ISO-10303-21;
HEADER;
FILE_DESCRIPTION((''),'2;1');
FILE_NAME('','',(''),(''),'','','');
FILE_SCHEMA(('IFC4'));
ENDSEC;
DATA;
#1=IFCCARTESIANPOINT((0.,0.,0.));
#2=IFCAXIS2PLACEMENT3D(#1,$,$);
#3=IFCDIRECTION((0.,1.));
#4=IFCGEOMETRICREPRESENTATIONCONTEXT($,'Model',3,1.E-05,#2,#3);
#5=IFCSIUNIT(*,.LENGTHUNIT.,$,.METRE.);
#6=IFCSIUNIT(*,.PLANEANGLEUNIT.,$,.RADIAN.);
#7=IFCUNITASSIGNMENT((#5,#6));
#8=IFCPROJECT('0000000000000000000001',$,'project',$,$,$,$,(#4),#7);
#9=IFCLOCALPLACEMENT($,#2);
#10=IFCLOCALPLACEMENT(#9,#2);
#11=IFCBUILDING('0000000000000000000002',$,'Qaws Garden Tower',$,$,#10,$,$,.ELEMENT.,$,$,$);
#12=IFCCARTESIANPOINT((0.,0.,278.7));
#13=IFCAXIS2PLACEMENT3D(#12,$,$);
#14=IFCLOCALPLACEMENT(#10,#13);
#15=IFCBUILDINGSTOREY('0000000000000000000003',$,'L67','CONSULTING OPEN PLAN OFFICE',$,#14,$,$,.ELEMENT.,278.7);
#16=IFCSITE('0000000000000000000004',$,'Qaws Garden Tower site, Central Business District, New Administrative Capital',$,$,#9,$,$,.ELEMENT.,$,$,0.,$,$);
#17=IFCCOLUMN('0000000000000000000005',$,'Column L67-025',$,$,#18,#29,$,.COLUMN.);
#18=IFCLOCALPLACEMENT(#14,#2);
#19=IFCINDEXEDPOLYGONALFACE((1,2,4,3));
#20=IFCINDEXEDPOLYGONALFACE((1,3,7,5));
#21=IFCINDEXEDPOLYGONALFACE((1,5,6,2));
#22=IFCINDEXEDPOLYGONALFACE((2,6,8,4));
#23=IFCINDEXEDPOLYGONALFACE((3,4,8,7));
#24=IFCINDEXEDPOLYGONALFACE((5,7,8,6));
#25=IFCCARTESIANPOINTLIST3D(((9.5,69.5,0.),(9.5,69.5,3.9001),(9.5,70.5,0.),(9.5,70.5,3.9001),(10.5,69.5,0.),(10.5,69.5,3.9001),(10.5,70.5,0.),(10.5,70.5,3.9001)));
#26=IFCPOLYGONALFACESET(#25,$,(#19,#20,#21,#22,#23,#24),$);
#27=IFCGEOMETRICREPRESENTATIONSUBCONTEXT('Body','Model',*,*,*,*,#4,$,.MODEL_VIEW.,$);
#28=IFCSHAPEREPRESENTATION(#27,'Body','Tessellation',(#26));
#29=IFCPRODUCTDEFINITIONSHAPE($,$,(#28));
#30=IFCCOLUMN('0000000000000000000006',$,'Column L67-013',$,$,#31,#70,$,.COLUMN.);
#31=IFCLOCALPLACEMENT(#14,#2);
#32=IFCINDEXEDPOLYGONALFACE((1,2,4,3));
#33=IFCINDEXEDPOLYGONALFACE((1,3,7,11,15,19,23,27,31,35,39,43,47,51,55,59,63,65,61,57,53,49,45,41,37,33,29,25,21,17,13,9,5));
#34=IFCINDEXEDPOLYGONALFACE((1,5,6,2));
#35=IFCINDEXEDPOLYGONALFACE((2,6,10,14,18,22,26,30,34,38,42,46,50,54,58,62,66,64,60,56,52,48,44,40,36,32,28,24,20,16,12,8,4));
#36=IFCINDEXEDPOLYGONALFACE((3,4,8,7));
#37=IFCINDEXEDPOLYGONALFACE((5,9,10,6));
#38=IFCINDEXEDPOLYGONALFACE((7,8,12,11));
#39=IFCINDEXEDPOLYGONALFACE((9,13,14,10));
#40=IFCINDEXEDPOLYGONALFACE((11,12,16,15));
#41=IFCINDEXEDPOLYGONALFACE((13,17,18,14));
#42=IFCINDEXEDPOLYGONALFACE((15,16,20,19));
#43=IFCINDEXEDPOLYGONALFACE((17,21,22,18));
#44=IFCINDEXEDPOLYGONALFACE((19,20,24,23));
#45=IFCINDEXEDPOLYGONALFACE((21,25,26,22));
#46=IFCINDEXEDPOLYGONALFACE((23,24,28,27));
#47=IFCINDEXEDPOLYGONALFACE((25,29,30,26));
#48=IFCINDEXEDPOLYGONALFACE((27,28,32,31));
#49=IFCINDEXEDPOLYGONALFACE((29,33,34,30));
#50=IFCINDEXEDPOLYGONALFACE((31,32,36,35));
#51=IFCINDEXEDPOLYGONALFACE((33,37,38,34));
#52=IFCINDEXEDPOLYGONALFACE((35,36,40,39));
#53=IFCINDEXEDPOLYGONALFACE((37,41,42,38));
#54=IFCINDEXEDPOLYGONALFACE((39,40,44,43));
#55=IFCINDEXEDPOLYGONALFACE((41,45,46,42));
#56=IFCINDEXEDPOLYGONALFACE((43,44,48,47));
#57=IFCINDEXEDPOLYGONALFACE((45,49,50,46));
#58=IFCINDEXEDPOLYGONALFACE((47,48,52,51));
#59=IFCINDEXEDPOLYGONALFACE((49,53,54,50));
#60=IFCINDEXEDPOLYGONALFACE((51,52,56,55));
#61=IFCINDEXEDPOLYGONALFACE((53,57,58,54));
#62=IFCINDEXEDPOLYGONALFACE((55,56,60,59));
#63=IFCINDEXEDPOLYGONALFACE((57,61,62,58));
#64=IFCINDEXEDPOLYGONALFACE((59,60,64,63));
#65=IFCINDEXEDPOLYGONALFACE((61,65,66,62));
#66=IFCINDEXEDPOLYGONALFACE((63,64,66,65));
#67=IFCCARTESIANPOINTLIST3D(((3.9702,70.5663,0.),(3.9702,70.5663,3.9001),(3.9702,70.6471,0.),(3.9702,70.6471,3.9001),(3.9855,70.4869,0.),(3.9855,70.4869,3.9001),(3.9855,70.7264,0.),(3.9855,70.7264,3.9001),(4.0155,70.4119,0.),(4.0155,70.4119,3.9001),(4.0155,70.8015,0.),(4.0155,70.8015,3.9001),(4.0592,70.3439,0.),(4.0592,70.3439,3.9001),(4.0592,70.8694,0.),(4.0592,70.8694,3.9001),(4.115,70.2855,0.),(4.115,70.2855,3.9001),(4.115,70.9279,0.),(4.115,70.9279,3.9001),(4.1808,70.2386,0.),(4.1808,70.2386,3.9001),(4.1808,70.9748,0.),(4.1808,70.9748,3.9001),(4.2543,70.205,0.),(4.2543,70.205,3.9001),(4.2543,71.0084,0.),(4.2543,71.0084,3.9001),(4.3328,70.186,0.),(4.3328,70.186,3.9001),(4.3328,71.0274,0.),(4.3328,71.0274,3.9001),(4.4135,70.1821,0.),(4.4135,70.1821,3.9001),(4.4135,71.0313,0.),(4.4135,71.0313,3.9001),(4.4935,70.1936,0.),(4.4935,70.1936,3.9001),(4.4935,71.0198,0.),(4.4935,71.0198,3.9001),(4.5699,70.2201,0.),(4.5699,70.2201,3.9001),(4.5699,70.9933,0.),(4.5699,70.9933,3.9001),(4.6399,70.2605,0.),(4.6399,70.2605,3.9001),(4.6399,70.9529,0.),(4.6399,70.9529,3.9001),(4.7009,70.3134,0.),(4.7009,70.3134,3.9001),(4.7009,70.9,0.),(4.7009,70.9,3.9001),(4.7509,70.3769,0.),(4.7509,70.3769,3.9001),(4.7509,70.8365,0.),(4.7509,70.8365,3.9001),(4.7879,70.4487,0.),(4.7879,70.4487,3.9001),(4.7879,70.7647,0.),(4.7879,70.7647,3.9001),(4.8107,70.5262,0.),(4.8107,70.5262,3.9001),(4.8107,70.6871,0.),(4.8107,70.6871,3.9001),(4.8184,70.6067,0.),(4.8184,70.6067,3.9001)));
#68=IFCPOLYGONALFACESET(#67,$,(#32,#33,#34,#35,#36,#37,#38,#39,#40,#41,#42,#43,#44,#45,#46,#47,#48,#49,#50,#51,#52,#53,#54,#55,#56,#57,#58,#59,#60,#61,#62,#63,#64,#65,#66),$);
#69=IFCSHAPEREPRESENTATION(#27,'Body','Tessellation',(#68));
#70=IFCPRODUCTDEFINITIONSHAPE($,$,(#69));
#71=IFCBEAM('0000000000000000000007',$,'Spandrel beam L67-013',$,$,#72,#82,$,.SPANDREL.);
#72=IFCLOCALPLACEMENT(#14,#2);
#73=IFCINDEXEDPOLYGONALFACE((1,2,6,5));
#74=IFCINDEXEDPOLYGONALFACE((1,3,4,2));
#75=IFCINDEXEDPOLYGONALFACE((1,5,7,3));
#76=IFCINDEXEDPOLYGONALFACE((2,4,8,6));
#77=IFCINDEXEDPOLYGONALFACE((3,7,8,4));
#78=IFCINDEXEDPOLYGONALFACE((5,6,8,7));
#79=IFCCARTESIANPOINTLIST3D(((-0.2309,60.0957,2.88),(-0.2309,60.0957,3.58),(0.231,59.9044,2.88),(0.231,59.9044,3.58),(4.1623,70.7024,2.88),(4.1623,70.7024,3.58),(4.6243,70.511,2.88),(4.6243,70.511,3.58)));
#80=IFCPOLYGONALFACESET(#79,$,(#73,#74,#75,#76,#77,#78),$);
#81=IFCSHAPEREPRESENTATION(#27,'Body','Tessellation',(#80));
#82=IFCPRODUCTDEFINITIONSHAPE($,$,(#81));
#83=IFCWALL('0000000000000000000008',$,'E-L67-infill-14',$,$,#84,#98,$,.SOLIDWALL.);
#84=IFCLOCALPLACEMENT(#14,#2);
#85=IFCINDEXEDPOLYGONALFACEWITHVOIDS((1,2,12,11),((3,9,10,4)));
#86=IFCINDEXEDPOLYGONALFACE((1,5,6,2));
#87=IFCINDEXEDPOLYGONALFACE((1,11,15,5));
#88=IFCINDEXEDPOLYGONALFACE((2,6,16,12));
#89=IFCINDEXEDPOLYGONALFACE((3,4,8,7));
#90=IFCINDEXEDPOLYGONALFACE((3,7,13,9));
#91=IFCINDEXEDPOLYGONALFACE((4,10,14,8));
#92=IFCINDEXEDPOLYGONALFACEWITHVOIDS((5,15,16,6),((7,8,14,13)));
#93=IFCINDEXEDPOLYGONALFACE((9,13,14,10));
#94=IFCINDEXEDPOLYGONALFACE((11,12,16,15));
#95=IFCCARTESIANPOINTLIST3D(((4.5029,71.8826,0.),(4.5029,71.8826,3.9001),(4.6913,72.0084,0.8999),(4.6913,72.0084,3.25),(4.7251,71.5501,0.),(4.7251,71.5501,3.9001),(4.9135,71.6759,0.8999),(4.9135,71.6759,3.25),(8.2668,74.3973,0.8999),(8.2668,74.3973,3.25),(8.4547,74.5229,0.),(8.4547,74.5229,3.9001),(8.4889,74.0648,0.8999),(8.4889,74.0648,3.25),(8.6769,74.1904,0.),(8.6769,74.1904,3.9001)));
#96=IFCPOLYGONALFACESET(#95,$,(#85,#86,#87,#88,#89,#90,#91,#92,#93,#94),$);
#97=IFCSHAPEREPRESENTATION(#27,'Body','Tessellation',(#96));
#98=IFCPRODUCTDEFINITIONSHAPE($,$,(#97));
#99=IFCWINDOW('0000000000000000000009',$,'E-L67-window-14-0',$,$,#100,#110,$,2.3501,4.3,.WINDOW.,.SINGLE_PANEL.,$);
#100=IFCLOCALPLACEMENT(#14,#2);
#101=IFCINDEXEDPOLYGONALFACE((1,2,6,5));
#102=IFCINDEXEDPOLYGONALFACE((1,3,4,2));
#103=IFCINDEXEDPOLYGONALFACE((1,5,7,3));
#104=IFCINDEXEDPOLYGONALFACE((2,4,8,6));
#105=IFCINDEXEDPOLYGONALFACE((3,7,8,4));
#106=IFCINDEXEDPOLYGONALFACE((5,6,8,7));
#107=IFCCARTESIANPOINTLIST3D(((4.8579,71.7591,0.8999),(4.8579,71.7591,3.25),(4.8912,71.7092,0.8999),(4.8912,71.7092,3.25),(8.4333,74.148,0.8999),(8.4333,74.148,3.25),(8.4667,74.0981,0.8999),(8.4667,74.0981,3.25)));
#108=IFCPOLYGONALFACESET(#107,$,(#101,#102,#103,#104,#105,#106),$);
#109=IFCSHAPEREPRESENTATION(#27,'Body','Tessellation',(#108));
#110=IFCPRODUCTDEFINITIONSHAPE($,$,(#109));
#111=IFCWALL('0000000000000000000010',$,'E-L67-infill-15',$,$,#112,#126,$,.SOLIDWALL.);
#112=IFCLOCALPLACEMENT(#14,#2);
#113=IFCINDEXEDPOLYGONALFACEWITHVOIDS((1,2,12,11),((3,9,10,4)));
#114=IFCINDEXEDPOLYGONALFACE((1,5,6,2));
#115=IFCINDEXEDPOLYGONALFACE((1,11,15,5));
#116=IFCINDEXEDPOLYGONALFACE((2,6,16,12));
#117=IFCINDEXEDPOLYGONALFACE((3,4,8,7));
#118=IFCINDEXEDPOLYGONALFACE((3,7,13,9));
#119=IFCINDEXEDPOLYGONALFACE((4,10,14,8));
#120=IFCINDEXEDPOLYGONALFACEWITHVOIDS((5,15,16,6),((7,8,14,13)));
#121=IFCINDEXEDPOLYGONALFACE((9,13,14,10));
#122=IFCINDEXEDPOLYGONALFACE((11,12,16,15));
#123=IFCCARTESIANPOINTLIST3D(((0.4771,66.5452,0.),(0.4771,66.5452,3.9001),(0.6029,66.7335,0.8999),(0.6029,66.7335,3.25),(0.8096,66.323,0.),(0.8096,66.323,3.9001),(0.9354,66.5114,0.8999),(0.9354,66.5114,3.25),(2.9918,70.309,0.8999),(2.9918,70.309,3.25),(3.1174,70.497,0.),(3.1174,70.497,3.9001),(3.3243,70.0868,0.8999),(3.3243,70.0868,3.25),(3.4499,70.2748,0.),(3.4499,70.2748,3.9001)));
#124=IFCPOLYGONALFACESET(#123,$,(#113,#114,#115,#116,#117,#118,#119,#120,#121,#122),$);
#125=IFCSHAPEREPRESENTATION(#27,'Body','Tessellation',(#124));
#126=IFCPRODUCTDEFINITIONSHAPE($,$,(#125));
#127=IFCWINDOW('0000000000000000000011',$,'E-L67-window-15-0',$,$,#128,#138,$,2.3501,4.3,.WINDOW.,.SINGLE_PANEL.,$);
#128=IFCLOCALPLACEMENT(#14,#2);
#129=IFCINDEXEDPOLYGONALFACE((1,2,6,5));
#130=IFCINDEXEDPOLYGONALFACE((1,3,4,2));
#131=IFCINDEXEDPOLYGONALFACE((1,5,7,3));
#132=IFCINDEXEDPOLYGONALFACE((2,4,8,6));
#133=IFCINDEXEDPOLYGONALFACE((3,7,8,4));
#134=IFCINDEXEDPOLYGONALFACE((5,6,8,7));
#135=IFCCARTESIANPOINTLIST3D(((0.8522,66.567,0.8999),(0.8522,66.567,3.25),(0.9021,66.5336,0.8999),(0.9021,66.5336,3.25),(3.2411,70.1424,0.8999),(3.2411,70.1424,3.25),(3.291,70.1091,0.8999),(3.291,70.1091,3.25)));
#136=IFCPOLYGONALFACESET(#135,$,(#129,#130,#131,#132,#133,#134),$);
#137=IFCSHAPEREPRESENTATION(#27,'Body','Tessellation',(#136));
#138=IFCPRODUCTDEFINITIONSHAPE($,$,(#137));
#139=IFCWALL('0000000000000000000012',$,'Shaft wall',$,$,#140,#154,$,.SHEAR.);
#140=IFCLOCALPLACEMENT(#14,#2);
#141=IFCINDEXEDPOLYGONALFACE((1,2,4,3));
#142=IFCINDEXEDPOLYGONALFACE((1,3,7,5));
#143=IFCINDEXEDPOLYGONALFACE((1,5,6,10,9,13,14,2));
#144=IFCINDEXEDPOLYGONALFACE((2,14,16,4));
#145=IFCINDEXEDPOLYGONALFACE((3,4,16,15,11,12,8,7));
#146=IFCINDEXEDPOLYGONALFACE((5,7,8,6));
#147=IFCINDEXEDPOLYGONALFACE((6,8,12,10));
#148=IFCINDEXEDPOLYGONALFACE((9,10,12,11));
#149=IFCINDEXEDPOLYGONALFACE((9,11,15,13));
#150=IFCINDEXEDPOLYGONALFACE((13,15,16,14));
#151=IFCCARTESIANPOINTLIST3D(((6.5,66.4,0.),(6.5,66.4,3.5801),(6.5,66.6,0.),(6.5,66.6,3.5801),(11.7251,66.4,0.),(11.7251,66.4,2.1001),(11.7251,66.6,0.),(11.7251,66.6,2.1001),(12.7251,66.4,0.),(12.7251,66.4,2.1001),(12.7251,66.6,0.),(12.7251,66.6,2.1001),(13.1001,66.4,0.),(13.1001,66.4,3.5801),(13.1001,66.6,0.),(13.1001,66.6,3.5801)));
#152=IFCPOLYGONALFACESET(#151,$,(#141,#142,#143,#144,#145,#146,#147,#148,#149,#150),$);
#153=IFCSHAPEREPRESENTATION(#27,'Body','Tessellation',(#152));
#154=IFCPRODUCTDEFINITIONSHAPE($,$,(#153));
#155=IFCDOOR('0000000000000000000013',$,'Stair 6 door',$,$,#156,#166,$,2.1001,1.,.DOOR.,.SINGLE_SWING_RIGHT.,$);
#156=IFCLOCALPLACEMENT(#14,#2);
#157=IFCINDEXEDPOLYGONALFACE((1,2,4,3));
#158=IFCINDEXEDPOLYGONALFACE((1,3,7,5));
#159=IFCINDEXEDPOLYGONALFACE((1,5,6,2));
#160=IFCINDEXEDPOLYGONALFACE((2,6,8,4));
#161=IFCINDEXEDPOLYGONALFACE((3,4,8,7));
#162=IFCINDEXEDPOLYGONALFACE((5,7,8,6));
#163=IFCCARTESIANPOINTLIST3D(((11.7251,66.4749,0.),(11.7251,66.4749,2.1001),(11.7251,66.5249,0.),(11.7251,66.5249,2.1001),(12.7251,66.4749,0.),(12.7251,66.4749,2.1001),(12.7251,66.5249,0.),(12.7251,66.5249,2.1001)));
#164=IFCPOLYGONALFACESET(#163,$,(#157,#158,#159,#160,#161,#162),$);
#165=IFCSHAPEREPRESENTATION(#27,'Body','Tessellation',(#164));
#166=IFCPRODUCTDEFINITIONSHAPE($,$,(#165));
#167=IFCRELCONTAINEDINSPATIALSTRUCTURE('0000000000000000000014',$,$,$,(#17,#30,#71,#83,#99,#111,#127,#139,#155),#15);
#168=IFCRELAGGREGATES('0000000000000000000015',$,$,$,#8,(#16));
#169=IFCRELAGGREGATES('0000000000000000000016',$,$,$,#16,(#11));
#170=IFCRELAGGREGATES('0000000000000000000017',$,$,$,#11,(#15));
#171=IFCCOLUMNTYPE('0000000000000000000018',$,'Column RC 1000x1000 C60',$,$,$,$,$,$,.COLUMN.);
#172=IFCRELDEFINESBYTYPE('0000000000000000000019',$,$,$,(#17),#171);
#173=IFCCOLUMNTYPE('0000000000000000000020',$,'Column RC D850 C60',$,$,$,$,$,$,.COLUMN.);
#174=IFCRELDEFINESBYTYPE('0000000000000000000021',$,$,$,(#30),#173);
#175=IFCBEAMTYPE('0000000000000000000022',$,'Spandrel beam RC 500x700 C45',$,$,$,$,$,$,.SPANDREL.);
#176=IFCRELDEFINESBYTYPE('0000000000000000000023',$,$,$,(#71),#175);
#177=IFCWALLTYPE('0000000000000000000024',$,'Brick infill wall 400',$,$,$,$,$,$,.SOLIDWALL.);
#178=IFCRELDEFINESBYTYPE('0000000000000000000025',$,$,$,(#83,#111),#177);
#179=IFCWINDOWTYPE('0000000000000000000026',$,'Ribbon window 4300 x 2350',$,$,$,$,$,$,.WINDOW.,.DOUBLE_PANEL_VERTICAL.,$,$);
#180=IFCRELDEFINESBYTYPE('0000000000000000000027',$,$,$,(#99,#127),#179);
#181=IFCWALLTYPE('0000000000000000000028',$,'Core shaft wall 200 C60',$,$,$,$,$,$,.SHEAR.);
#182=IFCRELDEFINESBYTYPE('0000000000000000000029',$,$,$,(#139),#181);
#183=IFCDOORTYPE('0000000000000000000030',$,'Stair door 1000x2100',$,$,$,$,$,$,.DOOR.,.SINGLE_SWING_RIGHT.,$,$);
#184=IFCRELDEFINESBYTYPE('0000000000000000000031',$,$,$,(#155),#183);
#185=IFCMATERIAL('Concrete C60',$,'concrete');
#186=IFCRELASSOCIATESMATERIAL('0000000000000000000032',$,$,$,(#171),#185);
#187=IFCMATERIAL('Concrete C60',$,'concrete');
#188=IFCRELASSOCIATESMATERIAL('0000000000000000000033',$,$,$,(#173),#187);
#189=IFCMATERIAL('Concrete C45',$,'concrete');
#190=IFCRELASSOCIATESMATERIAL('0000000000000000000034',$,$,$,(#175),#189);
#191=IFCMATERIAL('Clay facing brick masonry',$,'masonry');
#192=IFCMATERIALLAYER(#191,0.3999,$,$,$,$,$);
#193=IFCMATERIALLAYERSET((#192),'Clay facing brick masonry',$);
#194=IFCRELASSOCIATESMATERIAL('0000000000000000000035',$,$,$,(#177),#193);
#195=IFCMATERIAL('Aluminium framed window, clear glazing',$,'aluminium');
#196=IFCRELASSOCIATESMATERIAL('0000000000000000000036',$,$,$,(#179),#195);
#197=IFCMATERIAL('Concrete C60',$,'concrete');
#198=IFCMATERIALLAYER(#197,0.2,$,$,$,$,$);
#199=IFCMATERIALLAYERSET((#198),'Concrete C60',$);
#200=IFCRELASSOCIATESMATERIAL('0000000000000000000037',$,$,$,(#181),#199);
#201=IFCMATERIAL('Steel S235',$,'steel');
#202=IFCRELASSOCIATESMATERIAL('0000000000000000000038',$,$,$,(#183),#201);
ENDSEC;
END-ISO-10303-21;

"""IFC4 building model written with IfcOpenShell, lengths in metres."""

from ifc_helpers import new_model, si_unit, direction, frame, frame_2d, origin, origin_2d, place, context, subcontext, project, spatial, rectangle, circle, extrude, material, layer, layer_set, material_profile, profile_set, type_object, element, fill, save


model = new_model("IFC4")

# Units and contexts
model_context = context("Model", 3, precision=1e-05, world=origin(), true_north=direction((0.0, 1.0)))
body_context = subcontext(model_context, "Body", "Model", "MODEL_VIEW")
ifc_project = project(units=[si_unit("LENGTHUNIT", "METRE"), si_unit("PLANEANGLEUNIT", "RADIAN")], contexts=[model_context])

# Site, building, storey
site_placement = place(None, origin())
site = spatial("IfcSite", under=ifc_project, at=site_placement, Name="Qaws Garden Tower site, Central Business District, New Administrative Capital", CompositionType="ELEMENT", RefElevation=0.0)
building_placement = place(site_placement, origin())
building = spatial("IfcBuilding", under=site, at=building_placement, Name="Qaws Garden Tower", CompositionType="ELEMENT")
storey_placement = place(building_placement, frame((0.0, 0.0, 278.7)))
storey = spatial("IfcBuildingStorey", under=building, at=storey_placement, Name="L67", Description="CONSULTING OPEN PLAN OFFICE", CompositionType="ELEMENT", Elevation=278.7)

# Columns
ifc_material_1 = material(Name="Concrete C60", Category="concrete")
ifc_material_profile_1 = material_profile(ifc_material_1, rectangle(XDim=1.0, YDim=1.0, at=origin_2d()), Name="RC 1000x1000")
ifc_profile_set_1 = profile_set([ifc_material_profile_1], Name="Concrete C60")
column_type_1 = type_object("IfcColumnType", Name="Column RC 1000x1000 C60", PredefinedType="COLUMN", material=ifc_profile_set_1)
column_1_placement = place(storey_placement, frame((10.0, 70.0, 0.0), z_axis=(0.0, 0.0, 1.0), x_axis=(1.0, 0.0, 0.0)))
element("IfcColumn", 1, at=column_1_placement, inside=storey, type_object=column_type_1, Name="Column L67-025", PredefinedType="COLUMN", context=body_context, shape_type="SweptSolid", body=[
    extrude(rectangle(XDim=1.0, YDim=1.0, at=origin_2d()), origin(), (0.0, 0.0, 1.0), 3.9001),
])
ifc_material_2 = material(Name="Concrete C60", Category="concrete")
ifc_material_profile_2 = material_profile(ifc_material_2, circle(Radius=0.425, at=origin_2d()), Name="RC D850")
ifc_profile_set_2 = profile_set([ifc_material_profile_2], Name="Concrete C60")
column_type_2 = type_object("IfcColumnType", Name="Column RC D850 C60", PredefinedType="COLUMN", material=ifc_profile_set_2)
column_2_placement = place(storey_placement, frame((4.3933, 70.6067, 0.0), z_axis=(0.0, 0.0, 1.0), x_axis=(1.0, 0.0, 0.0)))
element("IfcColumn", 2, at=column_2_placement, inside=storey, type_object=column_type_2, Name="Column L67-013", PredefinedType="COLUMN", context=body_context, shape_type="SweptSolid", body=[
    extrude(circle(Radius=0.425, at=origin_2d()), origin(), (0.0, 0.0, 1.0), 3.9001),
])

# Beam
ifc_material_3 = material(Name="Concrete C45", Category="concrete")
ifc_material_profile_3 = material_profile(ifc_material_3, rectangle(XDim=0.5, YDim=0.7, at=origin_2d()), Name="RC 500x700")
ifc_profile_set_3 = profile_set([ifc_material_profile_3], Name="Concrete C45")
beam_type = type_object("IfcBeamType", Name="Spandrel beam RC 500x700 C45", PredefinedType="SPANDREL", material=ifc_profile_set_3)
beam_placement = place(storey_placement, frame((4.3933, 70.6067, 3.23), z_axis=(-0.382674, -0.923883, 0.0), x_axis=(0.923883, -0.382674, 0.0)))
element("IfcBeam", 3, at=beam_placement, inside=storey, type_object=beam_type, Name="Spandrel beam L67-013", PredefinedType="SPANDREL", context=body_context, shape_type="SweptSolid", body=[
    extrude(rectangle(XDim=0.5, YDim=0.7, at=origin_2d()), origin(), (0.0, 0.0, 1.0), 11.4805),
])

# Walls, openings, windows
ifc_material_4 = material(Name="Clay facing brick masonry", Category="masonry")
ifc_layer_1 = layer(ifc_material_4, 0.3999)
ifc_layer_set_1 = layer_set([ifc_layer_1], Name="Clay facing brick masonry")
wall_type_1 = type_object("IfcWallType", Name="Brick infill wall 400", PredefinedType="SOLIDWALL", material=ifc_layer_set_1)
wall_1_placement = place(storey_placement, frame((8.5659, 74.3567, 0.0), z_axis=(0.0, 0.0, 1.0), x_axis=(-0.831489, -0.555542, 0.0)))
wall_1 = element("IfcWall", 4, at=wall_1_placement, inside=storey, type_object=wall_type_1, Name="E-L67-infill-14", PredefinedType="SOLIDWALL", context=body_context, shape_type="SweptSolid", body=[
    extrude(rectangle(XDim=4.7527, YDim=0.3999, at=frame_2d((2.3765, 0.0))), origin(), (0.0, 0.0, 1.0), 3.9001),
])
opening_1_placement = place(wall_1_placement, frame((0.2263, 0.0, 0.8999)))
opening_1 = element("IfcOpeningElement", 5, at=opening_1_placement, cuts=wall_1, PredefinedType="OPENING", context=body_context, shape_type="SweptSolid", body=[
    extrude(rectangle(XDim=4.3, YDim=2.3501, at=frame_2d((2.1499, 1.175))), frame((0.0, 0.21, 0.0), z_axis=(0.0, -1.0, 0.0), x_axis=(1.0, 0.0, 0.0)), (0.0, 0.0, 1.0), 0.4199),
])
ifc_material_5 = material(Name="Aluminium framed window, clear glazing", Category="aluminium")
window_type = type_object("IfcWindowType", Name="Ribbon window 4300 x 2350", PartitioningType="DOUBLE_PANEL_VERTICAL", PredefinedType="WINDOW", material=ifc_material_5)
window_1_placement = place(opening_1_placement, origin())
window_1 = element("IfcWindow", 6, at=window_1_placement, inside=storey, type_object=window_type, Name="E-L67-window-14-0", OverallHeight=2.3501, OverallWidth=4.3, PartitioningType="SINGLE_PANEL", PredefinedType="WINDOW", context=body_context, shape_type="SweptSolid", body=[
    extrude(rectangle(XDim=4.3, YDim=2.3501, at=frame_2d((2.1499, 1.175))), frame((0.0, 0.1599, 0.0), z_axis=(0.0, -1.0, 0.0), x_axis=(1.0, 0.0, 0.0)), (0.0, 0.0, 1.0), 0.0601),
])
fill(opening_1, window_1)
wall_2_placement = place(storey_placement, frame((3.2837, 70.386, 0.0), z_axis=(0.0, 0.0, 1.0), x_axis=(-0.555542, -0.831489, 0.0)))
wall_2 = element("IfcWall", 7, at=wall_2_placement, inside=storey, type_object=wall_type_1, Name="E-L67-infill-15", PredefinedType="SOLIDWALL", context=body_context, shape_type="SweptSolid", body=[
    extrude(rectangle(XDim=4.7527, YDim=0.3999, at=frame_2d((2.3765, 0.0))), origin(), (0.0, 0.0, 1.0), 3.9001),
])
opening_2_placement = place(wall_2_placement, frame((0.2263, 0.0, 0.8999)))
opening_2 = element("IfcOpeningElement", 8, at=opening_2_placement, cuts=wall_2, PredefinedType="OPENING", context=body_context, shape_type="SweptSolid", body=[
    extrude(rectangle(XDim=4.3, YDim=2.3501, at=frame_2d((2.1499, 1.175))), frame((0.0, 0.21, 0.0), z_axis=(0.0, -1.0, 0.0), x_axis=(1.0, 0.0, 0.0)), (0.0, 0.0, 1.0), 0.4199),
])
window_2_placement = place(opening_2_placement, origin())
window_2 = element("IfcWindow", 9, at=window_2_placement, inside=storey, type_object=window_type, Name="E-L67-window-15-0", OverallHeight=2.3501, OverallWidth=4.3, PartitioningType="SINGLE_PANEL", PredefinedType="WINDOW", context=body_context, shape_type="SweptSolid", body=[
    extrude(rectangle(XDim=4.3, YDim=2.3501, at=frame_2d((2.1499, 1.175))), frame((0.0, 0.1599, 0.0), z_axis=(0.0, -1.0, 0.0), x_axis=(1.0, 0.0, 0.0)), (0.0, 0.0, 1.0), 0.0601),
])
fill(opening_2, window_2)

# Wall, opening, door
ifc_material_6 = material(Name="Concrete C60", Category="concrete")
ifc_layer_2 = layer(ifc_material_6, 0.2)
ifc_layer_set_2 = layer_set([ifc_layer_2], Name="Concrete C60")
wall_type_2 = type_object("IfcWallType", Name="Core shaft wall 200 C60", PredefinedType="SHEAR", material=ifc_layer_set_2)
wall_3_placement = place(storey_placement, frame((6.5, 66.5, 0.0), z_axis=(0.0, 0.0, 1.0), x_axis=(1.0, 0.0, 0.0)))
wall_3 = element("IfcWall", 10, at=wall_3_placement, inside=storey, type_object=wall_type_2, Name="Shaft wall", PredefinedType="SHEAR", context=body_context, shape_type="SweptSolid", body=[
    extrude(rectangle(XDim=6.6001, YDim=0.2, at=frame_2d((3.3, 0.0))), origin(), (0.0, 0.0, 1.0), 3.5801),
])
opening_3_placement = place(wall_3_placement, frame((5.2251, 0.0, 0.0)))
opening_3 = element("IfcOpeningElement", 11, at=opening_3_placement, cuts=wall_3, PredefinedType="OPENING", context=body_context, shape_type="SweptSolid", body=[
    extrude(rectangle(XDim=1.0, YDim=2.1001, at=frame_2d((0.5, 1.05))), frame((0.0, 0.1099, 0.0), z_axis=(0.0, -1.0, 0.0), x_axis=(1.0, 0.0, 0.0)), (0.0, 0.0, 1.0), 0.22),
])
ifc_material_7 = material(Name="Steel S235", Category="steel")
door_type = type_object("IfcDoorType", Name="Stair door 1000x2100", OperationType="SINGLE_SWING_RIGHT", PredefinedType="DOOR", material=ifc_material_7)
door_1_placement = place(opening_3_placement, origin())
door_1 = element("IfcDoor", 12, at=door_1_placement, inside=storey, type_object=door_type, Name="Stair 6 door", OperationType="SINGLE_SWING_RIGHT", OverallHeight=2.1001, OverallWidth=1.0, PredefinedType="DOOR", context=body_context, shape_type="SweptSolid", body=[
    extrude(rectangle(XDim=1.0, YDim=2.1001, at=frame_2d((0.5, 1.05))), frame((0.0, 0.0249, 0.0), z_axis=(0.0, -1.0, 0.0), x_axis=(1.0, 0.0, 0.0)), (0.0, 0.0, 1.0), 0.05),
])
fill(opening_3, door_1)

save(model, "model.ifc")
